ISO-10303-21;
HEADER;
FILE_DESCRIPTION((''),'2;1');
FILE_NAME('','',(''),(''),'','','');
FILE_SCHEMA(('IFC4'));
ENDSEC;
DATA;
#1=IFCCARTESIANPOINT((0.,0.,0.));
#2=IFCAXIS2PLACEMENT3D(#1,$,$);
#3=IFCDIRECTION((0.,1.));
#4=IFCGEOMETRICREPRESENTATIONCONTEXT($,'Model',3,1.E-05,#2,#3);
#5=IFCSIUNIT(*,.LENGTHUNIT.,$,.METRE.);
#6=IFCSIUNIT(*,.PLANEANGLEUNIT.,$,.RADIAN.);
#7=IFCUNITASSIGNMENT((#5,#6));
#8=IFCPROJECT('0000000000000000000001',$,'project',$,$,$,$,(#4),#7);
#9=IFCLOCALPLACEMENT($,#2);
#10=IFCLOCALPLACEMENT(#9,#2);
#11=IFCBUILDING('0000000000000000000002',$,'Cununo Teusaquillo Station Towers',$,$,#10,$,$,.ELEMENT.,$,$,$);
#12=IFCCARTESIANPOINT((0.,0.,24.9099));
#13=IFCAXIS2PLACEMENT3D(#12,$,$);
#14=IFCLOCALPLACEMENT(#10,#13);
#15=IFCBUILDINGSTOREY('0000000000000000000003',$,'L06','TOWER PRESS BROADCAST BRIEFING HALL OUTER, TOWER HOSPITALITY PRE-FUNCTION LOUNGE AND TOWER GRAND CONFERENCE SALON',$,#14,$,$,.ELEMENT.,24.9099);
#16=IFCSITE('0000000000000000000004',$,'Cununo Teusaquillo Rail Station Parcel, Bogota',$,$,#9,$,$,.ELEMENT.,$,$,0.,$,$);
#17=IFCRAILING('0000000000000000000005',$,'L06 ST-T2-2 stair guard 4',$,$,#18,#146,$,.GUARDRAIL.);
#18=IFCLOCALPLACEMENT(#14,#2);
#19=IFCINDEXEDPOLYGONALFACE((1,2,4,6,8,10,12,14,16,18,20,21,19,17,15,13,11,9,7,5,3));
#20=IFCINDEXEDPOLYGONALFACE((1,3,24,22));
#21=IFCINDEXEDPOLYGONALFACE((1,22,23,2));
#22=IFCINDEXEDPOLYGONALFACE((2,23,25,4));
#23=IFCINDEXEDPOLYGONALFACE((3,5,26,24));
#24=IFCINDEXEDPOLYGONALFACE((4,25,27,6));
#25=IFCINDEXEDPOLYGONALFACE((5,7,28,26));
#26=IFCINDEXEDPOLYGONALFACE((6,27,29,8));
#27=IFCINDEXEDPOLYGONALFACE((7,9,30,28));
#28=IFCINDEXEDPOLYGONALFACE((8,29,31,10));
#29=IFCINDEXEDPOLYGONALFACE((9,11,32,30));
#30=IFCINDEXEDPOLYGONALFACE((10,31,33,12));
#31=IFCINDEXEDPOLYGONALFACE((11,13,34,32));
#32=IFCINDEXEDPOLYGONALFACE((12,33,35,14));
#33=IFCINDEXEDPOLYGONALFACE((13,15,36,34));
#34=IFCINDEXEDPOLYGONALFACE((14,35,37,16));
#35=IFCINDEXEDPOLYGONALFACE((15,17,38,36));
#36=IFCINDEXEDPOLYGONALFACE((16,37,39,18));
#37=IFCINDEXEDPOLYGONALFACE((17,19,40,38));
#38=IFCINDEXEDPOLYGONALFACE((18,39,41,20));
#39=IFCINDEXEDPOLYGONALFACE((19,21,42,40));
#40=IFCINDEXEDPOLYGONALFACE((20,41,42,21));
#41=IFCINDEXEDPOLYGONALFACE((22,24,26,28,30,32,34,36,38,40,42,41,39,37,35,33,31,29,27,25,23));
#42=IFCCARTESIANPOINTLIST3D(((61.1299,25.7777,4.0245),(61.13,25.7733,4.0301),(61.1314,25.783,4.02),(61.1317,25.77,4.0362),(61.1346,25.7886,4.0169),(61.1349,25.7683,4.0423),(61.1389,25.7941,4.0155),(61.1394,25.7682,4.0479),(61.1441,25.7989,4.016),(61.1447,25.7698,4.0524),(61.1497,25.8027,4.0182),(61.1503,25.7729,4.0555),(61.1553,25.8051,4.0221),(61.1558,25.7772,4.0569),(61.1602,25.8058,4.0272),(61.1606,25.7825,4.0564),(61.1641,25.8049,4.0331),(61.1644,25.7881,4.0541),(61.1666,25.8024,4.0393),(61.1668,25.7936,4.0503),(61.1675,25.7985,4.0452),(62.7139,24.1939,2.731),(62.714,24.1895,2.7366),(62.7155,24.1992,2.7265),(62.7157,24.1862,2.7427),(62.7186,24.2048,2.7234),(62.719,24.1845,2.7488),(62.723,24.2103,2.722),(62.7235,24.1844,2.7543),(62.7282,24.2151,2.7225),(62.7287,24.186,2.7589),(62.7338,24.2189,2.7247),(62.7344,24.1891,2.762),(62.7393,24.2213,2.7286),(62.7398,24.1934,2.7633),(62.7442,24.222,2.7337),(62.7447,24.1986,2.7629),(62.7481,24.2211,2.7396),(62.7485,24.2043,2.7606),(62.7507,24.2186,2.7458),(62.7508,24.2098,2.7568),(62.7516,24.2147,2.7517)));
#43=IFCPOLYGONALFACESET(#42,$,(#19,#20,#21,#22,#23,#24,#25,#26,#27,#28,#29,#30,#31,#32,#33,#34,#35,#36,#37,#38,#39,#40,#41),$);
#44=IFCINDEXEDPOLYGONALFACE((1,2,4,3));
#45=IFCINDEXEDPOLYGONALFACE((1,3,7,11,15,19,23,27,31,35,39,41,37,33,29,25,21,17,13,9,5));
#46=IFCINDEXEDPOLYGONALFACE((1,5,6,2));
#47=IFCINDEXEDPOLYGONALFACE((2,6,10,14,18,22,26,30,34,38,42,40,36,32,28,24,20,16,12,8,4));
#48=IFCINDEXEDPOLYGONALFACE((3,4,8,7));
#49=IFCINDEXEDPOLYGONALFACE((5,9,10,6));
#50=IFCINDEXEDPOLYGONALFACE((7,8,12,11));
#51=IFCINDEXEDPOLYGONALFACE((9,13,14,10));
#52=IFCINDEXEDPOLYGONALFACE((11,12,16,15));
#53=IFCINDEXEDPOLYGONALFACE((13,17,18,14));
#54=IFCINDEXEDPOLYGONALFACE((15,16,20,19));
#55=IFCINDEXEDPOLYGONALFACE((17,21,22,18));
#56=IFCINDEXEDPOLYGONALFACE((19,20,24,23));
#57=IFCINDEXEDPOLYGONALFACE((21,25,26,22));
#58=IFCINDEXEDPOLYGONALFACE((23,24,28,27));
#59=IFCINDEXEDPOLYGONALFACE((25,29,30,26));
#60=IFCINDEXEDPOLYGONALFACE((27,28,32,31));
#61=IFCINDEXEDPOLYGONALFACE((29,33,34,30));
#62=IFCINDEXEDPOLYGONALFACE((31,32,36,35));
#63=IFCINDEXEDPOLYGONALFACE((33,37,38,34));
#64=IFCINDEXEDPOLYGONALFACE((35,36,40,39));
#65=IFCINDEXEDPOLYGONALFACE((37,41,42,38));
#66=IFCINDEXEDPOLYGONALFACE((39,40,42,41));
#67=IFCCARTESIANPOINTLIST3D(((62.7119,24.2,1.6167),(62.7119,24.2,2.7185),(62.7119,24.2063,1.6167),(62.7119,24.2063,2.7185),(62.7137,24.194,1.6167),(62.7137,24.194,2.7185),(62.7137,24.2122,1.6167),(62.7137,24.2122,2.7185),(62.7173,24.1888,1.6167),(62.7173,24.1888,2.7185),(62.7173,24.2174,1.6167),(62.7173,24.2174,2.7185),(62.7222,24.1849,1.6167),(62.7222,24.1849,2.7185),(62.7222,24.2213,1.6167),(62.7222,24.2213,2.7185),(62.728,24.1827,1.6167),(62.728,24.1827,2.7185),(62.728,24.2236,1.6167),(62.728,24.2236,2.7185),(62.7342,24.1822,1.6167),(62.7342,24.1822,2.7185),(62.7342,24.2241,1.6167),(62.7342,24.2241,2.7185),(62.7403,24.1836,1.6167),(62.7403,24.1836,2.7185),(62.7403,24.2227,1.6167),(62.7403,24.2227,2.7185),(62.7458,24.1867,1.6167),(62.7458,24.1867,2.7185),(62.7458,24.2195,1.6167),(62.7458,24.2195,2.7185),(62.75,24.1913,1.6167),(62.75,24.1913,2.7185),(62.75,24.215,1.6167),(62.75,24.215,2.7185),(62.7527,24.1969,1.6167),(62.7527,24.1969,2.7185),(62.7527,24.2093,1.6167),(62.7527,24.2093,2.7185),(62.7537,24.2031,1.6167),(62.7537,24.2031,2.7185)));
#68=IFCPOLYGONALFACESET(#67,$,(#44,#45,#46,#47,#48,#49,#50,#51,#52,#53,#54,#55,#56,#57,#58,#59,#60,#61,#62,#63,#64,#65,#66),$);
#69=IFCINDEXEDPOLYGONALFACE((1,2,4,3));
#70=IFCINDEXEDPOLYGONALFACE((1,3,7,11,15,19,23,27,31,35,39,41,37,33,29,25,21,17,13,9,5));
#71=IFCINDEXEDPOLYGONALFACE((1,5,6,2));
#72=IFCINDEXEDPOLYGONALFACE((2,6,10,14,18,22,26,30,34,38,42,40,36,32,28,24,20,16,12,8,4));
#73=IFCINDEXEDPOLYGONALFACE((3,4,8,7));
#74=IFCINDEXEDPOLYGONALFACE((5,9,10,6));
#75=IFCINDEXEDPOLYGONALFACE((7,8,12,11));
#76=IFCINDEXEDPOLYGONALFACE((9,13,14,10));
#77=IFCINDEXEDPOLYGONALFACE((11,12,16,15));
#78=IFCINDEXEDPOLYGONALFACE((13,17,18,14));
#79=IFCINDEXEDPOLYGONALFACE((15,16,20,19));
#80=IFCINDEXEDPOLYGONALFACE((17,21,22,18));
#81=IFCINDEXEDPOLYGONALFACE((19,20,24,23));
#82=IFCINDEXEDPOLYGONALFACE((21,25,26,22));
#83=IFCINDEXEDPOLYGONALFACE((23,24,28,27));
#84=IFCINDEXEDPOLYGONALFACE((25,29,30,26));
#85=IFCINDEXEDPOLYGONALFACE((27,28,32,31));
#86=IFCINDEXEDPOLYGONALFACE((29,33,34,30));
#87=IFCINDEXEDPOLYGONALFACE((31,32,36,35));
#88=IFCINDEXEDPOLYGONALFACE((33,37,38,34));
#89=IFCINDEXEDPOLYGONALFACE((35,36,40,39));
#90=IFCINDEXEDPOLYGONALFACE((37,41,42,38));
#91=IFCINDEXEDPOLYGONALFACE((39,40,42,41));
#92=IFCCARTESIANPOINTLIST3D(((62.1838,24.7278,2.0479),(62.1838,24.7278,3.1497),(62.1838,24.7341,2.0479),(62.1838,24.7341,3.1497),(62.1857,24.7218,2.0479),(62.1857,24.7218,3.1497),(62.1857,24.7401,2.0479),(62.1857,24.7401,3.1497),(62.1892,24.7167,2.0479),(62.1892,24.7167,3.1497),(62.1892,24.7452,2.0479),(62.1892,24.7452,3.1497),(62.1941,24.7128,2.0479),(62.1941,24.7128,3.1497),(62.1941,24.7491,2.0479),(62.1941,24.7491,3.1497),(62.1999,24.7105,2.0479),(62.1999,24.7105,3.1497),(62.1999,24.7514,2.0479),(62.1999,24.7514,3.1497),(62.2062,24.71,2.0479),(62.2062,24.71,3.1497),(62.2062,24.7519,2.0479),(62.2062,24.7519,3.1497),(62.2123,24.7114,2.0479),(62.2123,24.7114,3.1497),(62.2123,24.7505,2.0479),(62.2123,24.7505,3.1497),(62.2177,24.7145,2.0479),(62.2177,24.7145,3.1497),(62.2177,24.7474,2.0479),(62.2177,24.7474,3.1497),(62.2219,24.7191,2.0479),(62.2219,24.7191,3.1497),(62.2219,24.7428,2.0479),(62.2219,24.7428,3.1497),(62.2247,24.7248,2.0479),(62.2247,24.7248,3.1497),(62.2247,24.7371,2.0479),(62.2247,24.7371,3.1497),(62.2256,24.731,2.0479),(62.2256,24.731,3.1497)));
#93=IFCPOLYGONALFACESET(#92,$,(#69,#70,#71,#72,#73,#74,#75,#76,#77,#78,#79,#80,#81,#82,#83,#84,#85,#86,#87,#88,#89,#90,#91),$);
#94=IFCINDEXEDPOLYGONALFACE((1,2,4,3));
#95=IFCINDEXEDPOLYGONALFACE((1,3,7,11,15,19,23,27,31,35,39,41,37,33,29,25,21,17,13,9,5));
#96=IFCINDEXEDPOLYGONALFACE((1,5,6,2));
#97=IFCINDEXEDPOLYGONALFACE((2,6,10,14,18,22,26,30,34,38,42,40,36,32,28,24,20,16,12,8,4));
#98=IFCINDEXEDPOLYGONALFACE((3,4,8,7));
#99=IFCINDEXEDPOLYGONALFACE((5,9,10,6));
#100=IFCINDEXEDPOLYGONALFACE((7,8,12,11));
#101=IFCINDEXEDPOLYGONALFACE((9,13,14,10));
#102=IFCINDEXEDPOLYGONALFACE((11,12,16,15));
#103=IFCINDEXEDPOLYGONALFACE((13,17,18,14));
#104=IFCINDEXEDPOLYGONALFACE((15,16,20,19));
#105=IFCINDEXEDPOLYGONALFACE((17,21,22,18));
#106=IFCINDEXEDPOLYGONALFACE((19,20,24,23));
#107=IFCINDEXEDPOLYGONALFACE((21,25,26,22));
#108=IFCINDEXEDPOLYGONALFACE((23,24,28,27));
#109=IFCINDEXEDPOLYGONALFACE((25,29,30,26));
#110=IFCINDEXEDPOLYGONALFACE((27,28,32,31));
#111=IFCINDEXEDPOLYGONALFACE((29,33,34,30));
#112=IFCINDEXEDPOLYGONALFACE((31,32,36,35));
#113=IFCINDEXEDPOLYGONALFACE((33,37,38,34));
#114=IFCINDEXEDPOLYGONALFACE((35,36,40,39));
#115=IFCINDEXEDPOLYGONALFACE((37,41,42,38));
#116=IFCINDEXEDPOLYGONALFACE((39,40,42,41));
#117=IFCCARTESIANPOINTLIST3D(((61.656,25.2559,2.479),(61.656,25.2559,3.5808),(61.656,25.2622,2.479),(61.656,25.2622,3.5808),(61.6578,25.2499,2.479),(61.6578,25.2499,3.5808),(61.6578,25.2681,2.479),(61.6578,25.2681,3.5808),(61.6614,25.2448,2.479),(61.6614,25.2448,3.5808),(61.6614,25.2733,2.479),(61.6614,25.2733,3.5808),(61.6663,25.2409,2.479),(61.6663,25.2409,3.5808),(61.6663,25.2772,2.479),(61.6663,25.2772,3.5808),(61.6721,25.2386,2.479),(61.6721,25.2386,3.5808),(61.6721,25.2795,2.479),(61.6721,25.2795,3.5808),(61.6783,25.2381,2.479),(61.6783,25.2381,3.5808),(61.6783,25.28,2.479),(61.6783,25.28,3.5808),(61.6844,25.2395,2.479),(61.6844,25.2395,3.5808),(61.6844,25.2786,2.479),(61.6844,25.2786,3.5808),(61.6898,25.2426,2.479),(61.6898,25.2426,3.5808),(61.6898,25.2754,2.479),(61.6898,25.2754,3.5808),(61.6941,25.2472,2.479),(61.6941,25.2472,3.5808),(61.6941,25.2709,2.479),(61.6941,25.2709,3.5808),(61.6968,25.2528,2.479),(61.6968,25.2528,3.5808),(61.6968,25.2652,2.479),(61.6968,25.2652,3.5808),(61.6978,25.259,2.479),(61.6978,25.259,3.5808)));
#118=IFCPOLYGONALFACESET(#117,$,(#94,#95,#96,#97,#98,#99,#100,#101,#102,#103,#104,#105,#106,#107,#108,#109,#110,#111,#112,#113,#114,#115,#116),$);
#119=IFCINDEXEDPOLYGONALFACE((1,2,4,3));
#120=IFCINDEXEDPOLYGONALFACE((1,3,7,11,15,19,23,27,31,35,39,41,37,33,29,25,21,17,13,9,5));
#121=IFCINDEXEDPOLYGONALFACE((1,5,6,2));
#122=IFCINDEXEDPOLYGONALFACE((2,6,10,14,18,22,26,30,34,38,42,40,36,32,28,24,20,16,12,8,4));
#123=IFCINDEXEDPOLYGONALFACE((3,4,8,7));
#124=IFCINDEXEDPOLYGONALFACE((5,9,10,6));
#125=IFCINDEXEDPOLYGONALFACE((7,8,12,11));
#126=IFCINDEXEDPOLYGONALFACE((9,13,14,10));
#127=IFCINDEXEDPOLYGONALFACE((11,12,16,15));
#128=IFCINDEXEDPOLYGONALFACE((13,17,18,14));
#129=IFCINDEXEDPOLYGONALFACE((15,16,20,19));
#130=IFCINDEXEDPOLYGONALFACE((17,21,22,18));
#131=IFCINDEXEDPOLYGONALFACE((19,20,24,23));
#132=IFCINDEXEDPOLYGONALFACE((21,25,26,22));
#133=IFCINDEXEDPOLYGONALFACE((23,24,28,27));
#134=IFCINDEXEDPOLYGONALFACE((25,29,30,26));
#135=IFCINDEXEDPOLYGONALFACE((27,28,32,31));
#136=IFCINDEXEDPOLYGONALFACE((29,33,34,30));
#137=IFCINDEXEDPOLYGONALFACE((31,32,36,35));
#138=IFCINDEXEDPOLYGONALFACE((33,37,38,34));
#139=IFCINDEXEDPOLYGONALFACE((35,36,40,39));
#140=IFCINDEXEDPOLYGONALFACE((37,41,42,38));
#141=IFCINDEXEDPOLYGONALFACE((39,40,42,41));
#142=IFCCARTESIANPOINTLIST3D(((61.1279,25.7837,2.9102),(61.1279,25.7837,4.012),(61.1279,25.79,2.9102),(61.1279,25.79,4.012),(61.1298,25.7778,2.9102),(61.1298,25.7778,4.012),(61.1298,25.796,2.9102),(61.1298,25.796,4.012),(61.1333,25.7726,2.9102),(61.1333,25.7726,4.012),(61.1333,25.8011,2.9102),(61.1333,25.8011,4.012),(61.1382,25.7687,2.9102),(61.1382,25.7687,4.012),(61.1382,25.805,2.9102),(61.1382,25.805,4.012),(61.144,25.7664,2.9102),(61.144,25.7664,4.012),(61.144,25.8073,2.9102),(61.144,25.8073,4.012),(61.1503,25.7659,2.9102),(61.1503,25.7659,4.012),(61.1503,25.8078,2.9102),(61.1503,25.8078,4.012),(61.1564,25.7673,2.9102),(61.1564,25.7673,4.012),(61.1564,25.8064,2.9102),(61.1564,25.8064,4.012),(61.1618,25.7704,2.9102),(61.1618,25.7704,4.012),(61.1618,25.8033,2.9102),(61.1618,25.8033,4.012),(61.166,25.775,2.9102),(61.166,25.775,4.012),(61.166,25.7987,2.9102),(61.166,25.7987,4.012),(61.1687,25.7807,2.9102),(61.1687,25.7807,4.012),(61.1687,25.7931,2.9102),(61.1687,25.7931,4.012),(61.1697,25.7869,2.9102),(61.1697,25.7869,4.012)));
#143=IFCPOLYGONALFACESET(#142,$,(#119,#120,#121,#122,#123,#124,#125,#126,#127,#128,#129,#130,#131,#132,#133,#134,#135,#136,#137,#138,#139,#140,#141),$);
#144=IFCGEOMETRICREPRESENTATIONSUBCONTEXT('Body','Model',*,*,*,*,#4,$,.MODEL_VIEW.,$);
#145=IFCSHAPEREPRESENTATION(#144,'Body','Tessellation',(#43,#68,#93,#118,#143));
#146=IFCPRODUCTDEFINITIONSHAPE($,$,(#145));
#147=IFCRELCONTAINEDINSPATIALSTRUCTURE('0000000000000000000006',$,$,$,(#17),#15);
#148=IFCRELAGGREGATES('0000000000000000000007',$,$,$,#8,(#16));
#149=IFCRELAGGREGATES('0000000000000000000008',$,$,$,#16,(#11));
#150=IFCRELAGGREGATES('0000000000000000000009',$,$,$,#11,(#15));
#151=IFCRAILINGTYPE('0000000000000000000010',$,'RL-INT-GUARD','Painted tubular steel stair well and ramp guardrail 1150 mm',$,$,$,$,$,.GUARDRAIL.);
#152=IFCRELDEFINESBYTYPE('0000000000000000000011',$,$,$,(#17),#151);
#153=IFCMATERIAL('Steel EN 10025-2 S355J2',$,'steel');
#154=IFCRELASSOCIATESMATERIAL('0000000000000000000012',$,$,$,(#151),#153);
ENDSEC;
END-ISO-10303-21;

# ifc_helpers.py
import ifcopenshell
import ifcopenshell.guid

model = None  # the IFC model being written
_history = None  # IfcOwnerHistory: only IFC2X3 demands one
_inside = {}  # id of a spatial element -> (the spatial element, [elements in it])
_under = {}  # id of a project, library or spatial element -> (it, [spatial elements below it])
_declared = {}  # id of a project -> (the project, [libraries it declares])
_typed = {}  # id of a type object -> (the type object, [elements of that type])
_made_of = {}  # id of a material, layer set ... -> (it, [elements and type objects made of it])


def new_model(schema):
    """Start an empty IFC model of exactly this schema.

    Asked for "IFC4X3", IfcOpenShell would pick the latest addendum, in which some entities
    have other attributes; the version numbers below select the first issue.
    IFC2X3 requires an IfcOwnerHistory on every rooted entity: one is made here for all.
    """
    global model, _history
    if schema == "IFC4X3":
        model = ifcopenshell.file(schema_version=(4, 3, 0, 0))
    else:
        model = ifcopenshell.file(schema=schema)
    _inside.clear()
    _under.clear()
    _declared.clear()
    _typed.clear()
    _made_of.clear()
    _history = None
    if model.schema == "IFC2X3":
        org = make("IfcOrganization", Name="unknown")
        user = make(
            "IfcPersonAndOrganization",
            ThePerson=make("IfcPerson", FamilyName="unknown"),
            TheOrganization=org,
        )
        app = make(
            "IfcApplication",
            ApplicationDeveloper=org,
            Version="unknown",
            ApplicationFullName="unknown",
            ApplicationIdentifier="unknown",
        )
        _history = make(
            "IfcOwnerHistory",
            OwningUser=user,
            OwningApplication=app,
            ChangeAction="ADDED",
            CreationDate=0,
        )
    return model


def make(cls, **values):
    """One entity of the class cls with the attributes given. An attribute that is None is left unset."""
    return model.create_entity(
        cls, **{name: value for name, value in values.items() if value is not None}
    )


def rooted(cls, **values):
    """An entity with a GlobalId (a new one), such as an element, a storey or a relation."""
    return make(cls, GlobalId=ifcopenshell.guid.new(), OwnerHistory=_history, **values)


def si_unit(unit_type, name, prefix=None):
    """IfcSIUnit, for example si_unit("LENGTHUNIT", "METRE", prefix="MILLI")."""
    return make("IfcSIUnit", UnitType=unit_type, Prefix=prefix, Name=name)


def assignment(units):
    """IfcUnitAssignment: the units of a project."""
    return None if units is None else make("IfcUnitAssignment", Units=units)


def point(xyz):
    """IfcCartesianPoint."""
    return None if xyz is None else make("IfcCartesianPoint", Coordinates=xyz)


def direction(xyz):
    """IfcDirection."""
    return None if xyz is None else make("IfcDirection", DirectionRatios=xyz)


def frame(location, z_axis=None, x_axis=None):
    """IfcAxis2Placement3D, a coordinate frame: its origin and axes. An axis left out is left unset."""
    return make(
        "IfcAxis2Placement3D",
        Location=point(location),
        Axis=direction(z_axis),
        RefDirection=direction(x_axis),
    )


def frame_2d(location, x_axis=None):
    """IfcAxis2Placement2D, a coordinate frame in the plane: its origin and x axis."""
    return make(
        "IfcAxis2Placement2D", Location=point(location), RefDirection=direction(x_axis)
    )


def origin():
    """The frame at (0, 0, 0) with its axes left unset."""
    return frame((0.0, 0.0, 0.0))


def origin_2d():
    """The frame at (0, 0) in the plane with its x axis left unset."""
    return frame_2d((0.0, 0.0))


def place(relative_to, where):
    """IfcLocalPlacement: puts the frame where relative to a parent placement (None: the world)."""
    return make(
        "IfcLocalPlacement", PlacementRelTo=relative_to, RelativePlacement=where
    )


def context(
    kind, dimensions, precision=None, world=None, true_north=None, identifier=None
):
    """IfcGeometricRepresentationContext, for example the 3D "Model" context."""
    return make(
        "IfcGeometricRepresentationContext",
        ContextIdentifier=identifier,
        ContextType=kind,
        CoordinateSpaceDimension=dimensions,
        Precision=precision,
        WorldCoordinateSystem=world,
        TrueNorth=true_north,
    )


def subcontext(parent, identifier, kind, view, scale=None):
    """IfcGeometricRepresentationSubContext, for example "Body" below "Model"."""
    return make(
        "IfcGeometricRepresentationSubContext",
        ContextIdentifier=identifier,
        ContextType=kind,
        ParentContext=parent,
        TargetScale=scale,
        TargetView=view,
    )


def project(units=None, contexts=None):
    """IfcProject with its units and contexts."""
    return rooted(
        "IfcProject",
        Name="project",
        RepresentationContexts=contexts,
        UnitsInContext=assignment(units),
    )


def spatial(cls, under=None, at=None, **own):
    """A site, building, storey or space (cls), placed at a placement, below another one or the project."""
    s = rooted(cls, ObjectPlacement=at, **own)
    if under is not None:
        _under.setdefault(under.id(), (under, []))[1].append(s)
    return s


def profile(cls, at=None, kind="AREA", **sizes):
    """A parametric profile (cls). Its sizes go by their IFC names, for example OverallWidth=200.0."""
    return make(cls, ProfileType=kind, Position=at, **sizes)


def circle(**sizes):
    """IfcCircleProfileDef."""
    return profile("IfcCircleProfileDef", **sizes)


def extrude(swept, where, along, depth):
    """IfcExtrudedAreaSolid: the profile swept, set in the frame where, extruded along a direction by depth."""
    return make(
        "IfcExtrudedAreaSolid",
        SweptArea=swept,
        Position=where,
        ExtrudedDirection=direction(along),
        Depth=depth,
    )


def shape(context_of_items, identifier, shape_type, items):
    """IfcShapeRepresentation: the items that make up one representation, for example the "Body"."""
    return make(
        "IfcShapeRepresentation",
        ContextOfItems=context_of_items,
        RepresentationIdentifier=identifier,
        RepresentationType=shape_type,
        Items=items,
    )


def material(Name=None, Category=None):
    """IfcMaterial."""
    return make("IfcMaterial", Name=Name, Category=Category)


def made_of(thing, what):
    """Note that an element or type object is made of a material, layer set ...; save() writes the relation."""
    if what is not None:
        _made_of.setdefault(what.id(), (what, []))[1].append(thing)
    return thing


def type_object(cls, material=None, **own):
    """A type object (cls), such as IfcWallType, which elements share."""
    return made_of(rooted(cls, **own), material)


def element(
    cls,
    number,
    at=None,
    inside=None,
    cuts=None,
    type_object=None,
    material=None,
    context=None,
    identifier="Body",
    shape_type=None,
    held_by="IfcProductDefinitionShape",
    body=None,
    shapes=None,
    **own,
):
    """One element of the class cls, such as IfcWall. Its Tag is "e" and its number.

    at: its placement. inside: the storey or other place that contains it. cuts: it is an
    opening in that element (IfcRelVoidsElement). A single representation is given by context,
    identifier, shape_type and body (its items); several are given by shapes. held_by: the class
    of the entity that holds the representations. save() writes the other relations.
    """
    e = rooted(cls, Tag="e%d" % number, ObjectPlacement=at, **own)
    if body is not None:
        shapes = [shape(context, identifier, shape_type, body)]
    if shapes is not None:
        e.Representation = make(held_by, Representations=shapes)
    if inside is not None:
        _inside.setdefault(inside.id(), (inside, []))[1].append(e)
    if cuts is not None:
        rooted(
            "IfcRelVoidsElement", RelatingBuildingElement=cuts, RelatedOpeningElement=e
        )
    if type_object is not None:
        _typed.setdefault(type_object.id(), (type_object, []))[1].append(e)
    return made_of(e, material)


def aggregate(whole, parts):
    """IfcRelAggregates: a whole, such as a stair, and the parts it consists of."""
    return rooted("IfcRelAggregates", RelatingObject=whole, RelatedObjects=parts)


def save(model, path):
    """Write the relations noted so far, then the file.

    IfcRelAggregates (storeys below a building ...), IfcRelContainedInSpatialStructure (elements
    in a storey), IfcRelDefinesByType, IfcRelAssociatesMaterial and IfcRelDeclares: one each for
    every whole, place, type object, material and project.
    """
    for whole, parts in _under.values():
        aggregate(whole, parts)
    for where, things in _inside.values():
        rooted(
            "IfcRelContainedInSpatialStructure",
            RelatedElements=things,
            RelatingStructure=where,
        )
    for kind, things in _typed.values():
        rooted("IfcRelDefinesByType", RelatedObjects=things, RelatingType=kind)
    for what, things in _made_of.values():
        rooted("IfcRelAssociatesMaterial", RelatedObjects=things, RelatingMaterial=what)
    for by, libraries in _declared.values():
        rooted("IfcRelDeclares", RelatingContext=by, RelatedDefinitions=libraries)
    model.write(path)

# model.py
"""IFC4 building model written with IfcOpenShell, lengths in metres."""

from ifc_helpers import new_model, si_unit, direction, frame, origin, origin_2d, place, context, subcontext, project, spatial, circle, extrude, material, type_object, element, save


model = new_model("IFC4")

# Units and contexts
model_context = context("Model", 3, precision=1e-05, world=origin(), true_north=direction((0.0, 1.0)))
body_context = subcontext(model_context, "Body", "Model", "MODEL_VIEW")
ifc_project = project(units=[si_unit("LENGTHUNIT", "METRE"), si_unit("PLANEANGLEUNIT", "RADIAN")], contexts=[model_context])

# Site, building, storey
site_placement = place(None, origin())
site = spatial("IfcSite", under=ifc_project, at=site_placement, Name="Cununo Teusaquillo Rail Station Parcel, Bogota", CompositionType="ELEMENT", RefElevation=0.0)
building_placement = place(site_placement, origin())
building = spatial("IfcBuilding", under=site, at=building_placement, Name="Cununo Teusaquillo Station Towers", CompositionType="ELEMENT")
storey_placement = place(building_placement, frame((0.0, 0.0, 24.9099)))
storey = spatial("IfcBuildingStorey", under=building, at=storey_placement, Name="L06", Description="TOWER PRESS BROADCAST BRIEFING HALL OUTER, TOWER HOSPITALITY PRE-FUNCTION LOUNGE AND TOWER GRAND CONFERENCE SALON", CompositionType="ELEMENT", Elevation=24.9099)

# Railing
ifc_material_1 = material(Name="Steel EN 10025-2 S355J2", Category="steel")
railing_type_1 = type_object("IfcRailingType", Name="RL-INT-GUARD", Description="Painted tubular steel stair well and ramp guardrail 1150 mm", PredefinedType="GUARDRAIL", material=ifc_material_1)
railing_1_placement = place(storey_placement, frame((62.7327, 24.2031, 1.6167)))
element("IfcRailing", 1, at=railing_1_placement, inside=storey, type_object=railing_type_1, Name="L06 ST-T2-2 stair guard 4", PredefinedType="GUARDRAIL", context=body_context, shape_type="SweptSolid", body=[
    extrude(circle(Radius=0.0239, at=origin_2d()), frame((0.0, 0.0, 1.126), z_axis=(-0.612391, 0.612297, 0.500069), x_axis=(-0.707052, -0.707161, 0.0)), (0.0, 0.0, 1.0), 2.5867),
    extrude(circle(Radius=0.021, at=origin_2d()), origin(), (0.0, 0.0, 1.0), 1.1018),
    extrude(circle(Radius=0.021, at=origin_2d()), frame((-0.5281, 0.5278, 0.4312)), (0.0, 0.0, 1.0), 1.1018),
    extrude(circle(Radius=0.021, at=origin_2d()), frame((-1.0559, 1.0559, 0.8623)), (0.0, 0.0, 1.0), 1.1018),
    extrude(circle(Radius=0.021, at=origin_2d()), frame((-1.584, 1.5837, 1.2935)), (0.0, 0.0, 1.0), 1.1018),
])

save(model, "model.ifc")
